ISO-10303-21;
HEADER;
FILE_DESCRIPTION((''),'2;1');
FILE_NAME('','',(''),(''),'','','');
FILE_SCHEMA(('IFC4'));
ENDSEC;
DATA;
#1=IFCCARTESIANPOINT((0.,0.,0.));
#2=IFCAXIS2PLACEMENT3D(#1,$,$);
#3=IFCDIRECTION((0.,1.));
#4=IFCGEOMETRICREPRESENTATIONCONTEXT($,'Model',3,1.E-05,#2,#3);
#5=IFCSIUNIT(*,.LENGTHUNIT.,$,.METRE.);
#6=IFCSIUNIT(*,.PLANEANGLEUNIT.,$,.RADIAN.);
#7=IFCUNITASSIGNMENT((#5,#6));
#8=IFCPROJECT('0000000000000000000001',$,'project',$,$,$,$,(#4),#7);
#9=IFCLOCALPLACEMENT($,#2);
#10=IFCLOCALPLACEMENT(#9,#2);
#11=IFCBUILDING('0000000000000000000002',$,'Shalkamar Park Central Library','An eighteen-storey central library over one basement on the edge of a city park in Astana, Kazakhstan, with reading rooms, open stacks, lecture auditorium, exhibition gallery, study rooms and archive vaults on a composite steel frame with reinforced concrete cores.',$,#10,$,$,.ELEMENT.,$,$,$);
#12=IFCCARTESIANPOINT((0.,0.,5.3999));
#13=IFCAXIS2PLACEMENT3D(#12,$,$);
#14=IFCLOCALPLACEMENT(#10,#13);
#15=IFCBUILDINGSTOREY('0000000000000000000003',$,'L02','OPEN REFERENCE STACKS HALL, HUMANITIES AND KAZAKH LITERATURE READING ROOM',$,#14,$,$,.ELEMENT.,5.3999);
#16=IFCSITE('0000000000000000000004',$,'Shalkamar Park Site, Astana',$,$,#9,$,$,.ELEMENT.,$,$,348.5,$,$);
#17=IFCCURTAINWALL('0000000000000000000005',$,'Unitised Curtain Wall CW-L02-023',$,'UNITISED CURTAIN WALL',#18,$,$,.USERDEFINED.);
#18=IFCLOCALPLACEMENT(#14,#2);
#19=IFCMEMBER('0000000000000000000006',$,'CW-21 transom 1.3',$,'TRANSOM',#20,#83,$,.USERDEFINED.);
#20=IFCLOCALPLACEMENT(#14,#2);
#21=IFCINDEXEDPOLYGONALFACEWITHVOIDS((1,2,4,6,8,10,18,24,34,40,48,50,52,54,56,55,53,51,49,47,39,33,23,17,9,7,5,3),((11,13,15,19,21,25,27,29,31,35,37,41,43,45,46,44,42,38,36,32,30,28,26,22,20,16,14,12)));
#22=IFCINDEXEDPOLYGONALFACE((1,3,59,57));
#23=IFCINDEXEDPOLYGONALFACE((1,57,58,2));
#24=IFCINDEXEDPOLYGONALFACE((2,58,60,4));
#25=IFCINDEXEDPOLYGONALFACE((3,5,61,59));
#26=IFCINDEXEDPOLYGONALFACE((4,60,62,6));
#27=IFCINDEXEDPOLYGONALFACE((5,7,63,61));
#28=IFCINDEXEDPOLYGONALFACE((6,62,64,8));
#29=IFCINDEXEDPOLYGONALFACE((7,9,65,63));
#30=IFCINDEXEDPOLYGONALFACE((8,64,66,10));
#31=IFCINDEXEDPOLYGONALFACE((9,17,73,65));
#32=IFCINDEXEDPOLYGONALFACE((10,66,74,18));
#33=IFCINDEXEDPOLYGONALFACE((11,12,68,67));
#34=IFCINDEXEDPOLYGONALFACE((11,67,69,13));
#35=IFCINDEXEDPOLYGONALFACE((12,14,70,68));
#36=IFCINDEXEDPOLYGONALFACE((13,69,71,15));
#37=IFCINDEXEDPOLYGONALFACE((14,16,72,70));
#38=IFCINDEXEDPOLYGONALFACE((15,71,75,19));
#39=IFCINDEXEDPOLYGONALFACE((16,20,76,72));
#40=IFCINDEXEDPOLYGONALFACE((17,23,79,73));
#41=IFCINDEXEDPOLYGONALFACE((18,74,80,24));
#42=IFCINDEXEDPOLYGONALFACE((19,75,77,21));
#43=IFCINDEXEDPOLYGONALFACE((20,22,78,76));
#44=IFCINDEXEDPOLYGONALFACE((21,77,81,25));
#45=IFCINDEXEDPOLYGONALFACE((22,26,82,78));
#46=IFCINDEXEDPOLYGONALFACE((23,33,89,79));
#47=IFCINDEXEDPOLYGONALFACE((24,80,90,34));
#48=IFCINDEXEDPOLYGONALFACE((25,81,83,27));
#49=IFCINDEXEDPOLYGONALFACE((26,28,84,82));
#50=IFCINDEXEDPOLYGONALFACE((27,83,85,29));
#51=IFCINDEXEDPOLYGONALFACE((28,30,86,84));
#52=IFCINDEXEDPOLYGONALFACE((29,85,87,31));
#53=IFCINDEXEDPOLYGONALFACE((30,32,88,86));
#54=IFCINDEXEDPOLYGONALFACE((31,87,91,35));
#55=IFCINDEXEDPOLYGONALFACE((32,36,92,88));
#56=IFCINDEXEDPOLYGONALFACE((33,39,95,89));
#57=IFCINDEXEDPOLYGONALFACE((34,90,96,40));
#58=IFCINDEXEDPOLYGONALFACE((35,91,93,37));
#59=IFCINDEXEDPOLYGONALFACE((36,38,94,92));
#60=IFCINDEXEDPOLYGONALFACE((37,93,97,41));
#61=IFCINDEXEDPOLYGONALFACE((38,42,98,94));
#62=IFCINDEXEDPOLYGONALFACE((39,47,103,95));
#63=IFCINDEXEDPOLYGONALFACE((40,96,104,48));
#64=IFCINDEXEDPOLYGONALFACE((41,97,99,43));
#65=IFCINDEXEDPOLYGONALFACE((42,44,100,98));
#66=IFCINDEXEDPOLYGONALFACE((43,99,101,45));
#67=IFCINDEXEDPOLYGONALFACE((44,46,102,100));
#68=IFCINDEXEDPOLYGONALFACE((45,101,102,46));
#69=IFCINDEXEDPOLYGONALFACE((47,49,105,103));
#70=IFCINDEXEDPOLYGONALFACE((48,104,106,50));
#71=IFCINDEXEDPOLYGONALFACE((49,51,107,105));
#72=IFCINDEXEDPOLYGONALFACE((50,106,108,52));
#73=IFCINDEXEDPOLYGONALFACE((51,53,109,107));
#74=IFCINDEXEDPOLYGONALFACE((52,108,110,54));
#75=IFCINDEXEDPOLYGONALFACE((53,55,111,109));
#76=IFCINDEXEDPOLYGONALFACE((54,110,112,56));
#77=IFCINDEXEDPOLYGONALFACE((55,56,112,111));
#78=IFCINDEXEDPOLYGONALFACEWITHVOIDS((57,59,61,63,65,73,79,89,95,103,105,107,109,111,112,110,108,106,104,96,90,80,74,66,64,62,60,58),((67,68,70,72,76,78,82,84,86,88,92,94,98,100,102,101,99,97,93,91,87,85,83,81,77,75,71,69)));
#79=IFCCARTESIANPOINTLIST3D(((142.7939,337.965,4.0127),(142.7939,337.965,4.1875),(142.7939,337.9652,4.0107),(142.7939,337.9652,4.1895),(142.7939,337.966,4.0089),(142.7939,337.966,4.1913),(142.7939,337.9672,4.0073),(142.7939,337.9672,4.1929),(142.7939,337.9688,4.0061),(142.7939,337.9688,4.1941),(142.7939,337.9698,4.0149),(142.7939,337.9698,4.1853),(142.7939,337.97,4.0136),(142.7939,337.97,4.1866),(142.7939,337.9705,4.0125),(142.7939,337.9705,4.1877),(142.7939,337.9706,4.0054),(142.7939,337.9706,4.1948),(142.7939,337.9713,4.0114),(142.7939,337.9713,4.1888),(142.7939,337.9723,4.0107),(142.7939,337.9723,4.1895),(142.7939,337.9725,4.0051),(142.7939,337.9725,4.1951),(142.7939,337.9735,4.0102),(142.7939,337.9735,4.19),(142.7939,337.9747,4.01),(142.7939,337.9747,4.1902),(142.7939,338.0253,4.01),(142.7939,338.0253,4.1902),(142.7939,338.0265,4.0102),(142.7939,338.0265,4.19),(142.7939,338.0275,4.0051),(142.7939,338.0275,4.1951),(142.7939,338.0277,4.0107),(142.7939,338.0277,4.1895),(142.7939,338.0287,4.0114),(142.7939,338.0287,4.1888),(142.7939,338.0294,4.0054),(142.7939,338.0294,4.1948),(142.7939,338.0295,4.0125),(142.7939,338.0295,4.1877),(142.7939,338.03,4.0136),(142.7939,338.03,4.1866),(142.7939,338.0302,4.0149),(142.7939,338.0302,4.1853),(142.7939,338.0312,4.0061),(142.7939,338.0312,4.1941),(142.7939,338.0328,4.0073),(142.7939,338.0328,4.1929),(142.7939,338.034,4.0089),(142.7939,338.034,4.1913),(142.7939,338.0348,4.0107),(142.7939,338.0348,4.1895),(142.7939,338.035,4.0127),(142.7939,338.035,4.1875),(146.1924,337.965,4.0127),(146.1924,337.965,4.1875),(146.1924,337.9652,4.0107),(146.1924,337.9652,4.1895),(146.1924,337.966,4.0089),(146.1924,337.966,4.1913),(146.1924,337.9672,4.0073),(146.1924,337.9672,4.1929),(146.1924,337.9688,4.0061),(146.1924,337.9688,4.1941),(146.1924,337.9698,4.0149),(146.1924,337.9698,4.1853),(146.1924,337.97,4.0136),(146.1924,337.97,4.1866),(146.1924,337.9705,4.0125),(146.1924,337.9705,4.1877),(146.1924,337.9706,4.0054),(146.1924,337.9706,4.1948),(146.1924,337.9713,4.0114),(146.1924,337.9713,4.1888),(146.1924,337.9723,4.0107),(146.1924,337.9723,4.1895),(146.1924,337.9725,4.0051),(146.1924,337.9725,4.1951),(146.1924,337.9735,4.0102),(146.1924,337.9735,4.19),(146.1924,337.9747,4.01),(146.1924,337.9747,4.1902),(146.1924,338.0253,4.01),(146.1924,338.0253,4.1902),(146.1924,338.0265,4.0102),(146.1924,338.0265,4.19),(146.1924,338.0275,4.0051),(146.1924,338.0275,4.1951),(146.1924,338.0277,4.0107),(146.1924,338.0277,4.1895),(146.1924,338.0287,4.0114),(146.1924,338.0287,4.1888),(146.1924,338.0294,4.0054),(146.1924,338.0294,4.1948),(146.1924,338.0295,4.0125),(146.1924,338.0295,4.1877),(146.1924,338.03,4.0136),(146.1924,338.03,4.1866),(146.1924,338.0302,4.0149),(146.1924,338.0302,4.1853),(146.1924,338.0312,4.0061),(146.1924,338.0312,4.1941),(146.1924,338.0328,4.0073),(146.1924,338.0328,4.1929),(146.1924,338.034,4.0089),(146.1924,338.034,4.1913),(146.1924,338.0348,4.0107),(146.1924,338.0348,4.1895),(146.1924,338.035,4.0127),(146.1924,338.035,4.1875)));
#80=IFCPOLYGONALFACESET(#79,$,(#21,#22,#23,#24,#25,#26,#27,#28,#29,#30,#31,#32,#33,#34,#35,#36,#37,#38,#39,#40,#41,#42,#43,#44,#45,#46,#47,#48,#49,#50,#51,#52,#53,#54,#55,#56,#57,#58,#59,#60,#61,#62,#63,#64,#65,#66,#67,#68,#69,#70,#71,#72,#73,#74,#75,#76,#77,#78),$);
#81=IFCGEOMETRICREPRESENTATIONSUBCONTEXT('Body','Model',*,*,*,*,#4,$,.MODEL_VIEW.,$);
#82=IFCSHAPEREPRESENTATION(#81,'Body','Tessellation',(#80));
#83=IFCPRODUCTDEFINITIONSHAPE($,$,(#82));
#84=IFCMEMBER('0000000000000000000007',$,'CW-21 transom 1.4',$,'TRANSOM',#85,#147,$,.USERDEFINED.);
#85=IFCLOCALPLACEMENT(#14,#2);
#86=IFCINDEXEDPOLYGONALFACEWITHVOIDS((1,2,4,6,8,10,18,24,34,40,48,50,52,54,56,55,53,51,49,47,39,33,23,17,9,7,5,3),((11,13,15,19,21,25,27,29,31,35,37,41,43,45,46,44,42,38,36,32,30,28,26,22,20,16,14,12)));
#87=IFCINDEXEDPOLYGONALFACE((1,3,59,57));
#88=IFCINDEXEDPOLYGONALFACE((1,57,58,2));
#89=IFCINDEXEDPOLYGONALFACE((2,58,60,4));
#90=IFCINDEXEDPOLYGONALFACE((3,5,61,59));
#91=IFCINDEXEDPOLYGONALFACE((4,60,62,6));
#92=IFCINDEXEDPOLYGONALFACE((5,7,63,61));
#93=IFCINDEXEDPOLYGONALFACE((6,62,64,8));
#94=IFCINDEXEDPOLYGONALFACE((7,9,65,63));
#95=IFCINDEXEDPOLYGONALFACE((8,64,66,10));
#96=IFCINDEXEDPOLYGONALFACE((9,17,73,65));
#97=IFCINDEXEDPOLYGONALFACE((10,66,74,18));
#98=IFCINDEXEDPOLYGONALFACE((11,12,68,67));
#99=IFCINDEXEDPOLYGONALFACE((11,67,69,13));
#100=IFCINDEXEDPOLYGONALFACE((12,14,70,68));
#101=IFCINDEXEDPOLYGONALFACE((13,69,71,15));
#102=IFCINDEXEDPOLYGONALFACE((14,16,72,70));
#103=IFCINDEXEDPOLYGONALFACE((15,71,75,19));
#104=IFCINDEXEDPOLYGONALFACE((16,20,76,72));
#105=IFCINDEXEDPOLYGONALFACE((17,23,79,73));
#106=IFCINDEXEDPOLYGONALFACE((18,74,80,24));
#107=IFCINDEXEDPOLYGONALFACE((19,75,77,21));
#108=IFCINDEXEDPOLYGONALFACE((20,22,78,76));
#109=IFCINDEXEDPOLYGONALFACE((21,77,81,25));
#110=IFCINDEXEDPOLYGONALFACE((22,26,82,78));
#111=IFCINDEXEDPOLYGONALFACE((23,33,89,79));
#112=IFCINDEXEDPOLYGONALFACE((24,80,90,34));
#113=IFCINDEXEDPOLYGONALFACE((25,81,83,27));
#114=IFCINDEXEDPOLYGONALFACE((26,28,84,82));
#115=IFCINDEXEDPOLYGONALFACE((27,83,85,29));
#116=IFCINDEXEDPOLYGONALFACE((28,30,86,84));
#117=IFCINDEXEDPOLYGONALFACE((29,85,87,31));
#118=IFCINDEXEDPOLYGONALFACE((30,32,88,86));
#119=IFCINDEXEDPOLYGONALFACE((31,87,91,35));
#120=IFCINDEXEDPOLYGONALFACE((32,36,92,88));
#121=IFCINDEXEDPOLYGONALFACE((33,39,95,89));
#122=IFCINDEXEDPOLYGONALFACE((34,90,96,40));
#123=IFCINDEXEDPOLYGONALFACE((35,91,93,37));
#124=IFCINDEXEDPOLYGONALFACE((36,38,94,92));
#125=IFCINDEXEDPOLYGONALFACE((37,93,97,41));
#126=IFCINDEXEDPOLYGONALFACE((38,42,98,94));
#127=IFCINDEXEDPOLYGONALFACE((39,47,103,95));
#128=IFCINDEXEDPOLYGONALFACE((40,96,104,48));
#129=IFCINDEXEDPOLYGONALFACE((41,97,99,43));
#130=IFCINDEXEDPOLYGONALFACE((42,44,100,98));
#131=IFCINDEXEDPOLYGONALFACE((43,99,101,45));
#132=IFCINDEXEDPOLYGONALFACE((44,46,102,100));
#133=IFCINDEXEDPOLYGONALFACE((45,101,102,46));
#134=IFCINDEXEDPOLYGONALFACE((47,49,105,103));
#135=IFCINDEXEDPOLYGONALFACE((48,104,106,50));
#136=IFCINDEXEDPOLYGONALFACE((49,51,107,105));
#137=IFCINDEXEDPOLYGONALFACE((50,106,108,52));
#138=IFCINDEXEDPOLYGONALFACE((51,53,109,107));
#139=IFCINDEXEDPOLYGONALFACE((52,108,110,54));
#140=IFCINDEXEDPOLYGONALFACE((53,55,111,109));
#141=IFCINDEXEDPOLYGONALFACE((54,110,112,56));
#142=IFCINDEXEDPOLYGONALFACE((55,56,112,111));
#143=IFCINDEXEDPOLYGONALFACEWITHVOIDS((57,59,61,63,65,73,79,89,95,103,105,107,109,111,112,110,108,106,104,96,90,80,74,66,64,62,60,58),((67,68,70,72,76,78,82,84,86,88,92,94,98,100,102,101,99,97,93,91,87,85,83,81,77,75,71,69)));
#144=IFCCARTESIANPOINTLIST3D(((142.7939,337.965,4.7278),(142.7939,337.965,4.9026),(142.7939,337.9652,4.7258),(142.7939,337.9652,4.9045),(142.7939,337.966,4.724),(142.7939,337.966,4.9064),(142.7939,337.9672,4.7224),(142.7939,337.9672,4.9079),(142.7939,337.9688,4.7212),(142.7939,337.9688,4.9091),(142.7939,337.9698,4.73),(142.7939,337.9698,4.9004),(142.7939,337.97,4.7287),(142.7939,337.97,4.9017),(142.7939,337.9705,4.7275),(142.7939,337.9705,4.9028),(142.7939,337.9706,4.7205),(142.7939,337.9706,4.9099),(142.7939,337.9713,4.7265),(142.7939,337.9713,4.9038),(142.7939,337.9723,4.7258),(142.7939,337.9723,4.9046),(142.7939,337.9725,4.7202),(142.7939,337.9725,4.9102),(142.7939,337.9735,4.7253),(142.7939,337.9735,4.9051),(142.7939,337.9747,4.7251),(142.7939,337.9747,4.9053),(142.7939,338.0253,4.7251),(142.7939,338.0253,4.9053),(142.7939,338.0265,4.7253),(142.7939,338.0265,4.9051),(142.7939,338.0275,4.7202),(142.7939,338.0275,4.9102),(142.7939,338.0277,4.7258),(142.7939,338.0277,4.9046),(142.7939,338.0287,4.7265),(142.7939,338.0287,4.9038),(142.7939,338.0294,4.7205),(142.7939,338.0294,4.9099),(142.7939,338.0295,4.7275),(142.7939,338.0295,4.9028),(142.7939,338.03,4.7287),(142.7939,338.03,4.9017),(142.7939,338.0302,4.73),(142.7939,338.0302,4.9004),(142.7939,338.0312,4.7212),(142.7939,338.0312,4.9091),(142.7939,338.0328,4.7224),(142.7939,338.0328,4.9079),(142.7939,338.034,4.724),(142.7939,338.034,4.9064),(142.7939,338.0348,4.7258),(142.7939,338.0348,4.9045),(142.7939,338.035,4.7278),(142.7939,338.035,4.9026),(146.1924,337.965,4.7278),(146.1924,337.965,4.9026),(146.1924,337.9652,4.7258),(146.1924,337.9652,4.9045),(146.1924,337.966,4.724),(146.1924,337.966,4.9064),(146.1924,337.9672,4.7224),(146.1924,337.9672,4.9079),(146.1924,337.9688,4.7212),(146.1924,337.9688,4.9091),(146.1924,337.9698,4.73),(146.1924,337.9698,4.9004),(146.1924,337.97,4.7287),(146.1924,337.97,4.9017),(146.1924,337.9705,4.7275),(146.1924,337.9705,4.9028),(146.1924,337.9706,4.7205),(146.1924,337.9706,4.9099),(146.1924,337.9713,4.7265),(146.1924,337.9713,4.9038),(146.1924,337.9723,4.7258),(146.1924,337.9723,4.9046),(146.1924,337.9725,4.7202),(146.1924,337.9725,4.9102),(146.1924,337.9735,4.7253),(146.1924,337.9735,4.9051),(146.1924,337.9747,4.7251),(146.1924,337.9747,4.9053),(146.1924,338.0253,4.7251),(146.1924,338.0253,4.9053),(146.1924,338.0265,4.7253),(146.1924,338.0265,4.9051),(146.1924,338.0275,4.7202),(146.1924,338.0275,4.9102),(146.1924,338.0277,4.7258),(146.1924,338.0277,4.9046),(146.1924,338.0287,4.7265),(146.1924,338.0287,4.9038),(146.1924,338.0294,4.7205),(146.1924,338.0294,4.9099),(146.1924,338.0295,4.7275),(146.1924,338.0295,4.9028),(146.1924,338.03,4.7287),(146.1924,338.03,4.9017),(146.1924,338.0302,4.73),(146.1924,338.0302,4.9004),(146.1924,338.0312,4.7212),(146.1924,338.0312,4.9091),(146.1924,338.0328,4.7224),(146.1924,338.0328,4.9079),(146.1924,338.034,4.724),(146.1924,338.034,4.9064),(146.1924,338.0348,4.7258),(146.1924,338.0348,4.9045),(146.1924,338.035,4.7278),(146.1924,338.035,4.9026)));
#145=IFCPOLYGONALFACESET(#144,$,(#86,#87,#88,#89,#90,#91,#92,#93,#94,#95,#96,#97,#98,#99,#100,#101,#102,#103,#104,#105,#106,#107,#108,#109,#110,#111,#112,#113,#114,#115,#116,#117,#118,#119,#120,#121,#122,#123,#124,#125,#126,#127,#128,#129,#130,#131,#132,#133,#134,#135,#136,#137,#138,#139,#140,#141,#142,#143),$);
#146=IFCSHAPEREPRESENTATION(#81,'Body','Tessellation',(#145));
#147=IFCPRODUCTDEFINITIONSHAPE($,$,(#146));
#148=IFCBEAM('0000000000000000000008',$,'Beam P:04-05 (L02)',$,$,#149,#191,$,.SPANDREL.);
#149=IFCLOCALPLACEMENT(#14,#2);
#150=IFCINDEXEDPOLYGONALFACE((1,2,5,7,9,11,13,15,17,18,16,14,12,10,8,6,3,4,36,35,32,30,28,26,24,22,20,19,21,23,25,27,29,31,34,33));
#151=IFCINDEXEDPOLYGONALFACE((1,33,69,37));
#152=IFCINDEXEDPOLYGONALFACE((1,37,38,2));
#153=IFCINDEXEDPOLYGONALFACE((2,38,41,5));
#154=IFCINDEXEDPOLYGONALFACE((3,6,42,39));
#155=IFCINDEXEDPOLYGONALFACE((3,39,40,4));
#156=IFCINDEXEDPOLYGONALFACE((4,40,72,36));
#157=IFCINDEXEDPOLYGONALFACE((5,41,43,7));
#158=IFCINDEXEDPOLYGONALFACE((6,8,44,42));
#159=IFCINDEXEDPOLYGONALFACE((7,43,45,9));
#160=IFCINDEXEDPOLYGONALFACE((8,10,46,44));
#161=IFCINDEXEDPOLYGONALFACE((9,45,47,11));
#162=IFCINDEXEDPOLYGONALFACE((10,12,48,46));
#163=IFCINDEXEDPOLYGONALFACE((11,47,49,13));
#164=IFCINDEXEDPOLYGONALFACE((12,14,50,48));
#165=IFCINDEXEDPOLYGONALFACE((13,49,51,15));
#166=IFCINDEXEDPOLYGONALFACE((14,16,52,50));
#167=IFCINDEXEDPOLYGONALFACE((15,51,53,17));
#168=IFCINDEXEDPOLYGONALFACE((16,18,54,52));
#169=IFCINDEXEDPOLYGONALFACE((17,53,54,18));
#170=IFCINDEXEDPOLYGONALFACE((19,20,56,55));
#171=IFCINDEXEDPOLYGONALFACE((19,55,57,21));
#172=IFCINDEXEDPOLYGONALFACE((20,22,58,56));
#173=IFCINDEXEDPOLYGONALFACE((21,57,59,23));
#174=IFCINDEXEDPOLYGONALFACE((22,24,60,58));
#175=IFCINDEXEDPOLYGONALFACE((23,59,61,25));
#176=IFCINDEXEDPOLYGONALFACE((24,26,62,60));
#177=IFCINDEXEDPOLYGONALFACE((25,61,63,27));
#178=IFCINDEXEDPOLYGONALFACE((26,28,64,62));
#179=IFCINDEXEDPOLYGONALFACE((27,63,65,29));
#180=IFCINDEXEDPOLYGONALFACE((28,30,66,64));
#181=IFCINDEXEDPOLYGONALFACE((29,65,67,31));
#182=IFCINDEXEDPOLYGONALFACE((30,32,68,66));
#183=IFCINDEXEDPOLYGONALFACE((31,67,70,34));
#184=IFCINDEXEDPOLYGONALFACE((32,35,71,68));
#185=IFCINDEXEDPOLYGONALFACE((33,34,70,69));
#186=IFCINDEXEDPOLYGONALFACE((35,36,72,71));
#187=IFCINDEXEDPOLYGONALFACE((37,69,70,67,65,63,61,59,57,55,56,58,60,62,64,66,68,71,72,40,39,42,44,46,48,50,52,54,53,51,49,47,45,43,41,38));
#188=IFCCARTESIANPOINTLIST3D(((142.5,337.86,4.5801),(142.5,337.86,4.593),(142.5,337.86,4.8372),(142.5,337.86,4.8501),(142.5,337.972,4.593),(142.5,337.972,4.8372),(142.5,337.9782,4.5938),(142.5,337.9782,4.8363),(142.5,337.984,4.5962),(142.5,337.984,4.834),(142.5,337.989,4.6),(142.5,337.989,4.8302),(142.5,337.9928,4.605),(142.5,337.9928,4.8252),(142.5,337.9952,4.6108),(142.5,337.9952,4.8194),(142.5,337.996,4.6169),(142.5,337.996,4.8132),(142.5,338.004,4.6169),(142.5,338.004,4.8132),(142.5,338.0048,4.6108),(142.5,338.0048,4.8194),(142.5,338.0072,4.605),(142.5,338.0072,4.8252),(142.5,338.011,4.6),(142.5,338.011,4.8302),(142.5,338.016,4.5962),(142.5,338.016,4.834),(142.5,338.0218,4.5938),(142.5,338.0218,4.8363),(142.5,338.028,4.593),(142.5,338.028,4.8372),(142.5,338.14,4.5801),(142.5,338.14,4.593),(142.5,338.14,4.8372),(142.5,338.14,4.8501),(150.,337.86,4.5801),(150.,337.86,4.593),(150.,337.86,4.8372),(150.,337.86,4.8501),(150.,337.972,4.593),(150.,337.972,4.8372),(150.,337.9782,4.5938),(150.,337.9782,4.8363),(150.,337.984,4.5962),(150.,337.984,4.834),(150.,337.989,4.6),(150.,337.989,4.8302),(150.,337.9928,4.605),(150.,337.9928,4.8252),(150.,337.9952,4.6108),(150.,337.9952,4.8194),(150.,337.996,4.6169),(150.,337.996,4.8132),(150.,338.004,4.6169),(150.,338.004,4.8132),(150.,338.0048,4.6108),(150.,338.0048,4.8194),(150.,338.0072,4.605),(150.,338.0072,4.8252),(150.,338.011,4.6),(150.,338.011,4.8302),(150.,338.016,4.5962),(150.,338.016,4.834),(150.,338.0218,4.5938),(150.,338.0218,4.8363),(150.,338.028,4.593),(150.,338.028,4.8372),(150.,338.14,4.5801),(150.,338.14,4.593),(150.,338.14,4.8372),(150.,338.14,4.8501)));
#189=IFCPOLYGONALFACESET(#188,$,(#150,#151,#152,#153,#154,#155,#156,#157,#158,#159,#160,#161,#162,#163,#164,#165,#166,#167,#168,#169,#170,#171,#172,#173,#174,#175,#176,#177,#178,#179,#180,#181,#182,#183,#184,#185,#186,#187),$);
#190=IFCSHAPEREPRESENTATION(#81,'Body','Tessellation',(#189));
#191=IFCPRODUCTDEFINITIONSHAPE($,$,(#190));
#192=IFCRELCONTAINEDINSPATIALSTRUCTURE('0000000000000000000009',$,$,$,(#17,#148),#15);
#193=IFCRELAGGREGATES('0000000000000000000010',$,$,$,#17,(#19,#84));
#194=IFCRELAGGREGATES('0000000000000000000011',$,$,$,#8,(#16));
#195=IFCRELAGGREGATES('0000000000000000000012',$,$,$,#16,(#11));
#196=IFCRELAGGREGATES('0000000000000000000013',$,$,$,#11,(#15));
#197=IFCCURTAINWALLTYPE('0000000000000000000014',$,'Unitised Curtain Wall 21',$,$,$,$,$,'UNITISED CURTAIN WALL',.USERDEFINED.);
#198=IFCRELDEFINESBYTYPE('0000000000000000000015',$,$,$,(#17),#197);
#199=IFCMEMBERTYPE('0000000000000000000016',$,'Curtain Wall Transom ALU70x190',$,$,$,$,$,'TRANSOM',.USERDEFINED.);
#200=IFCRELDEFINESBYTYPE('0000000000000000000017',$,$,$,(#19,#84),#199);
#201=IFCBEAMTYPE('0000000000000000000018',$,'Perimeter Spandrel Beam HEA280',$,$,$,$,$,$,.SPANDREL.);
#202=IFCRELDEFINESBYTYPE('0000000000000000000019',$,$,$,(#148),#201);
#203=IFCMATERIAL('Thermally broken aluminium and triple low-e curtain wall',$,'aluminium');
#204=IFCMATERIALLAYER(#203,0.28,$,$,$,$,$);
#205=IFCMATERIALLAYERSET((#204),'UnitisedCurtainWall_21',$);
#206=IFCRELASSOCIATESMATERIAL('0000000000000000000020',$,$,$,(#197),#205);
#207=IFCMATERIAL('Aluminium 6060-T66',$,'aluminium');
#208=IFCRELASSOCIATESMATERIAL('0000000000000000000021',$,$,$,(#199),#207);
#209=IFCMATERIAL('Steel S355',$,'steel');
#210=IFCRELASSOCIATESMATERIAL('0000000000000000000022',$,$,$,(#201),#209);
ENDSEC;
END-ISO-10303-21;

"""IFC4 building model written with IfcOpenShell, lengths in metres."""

from ifc_helpers import new_model, si_unit, direction, frame, origin, origin_2d, place, context, subcontext, project, spatial, hollow_rectangle, i_section, extrude, material, layer, layer_set, material_profile, profile_set, type_object, element, aggregate, save


model = new_model("IFC4")

# Units and contexts
model_context = context("Model", 3, precision=1e-05, world=origin(), true_north=direction((0.0, 1.0)))
body_context = subcontext(model_context, "Body", "Model", "MODEL_VIEW")
ifc_project = project(units=[si_unit("LENGTHUNIT", "METRE"), si_unit("PLANEANGLEUNIT", "RADIAN")], contexts=[model_context])

# Site, building, storey
site_placement = place(None, origin())
site = spatial("IfcSite", under=ifc_project, at=site_placement, Name="Shalkamar Park Site, Astana", CompositionType="ELEMENT", RefElevation=348.5)
building_placement = place(site_placement, origin())
building = spatial("IfcBuilding", under=site, at=building_placement, Name="Shalkamar Park Central Library", Description="An eighteen-storey central library over one basement on the edge of a city park in Astana, Kazakhstan, with reading rooms, open stacks, lecture auditorium, exhibition gallery, study rooms and archive vaults on a composite steel frame with reinforced concrete cores.", CompositionType="ELEMENT")
storey_placement = place(building_placement, frame((0.0, 0.0, 5.3999)))
storey = spatial("IfcBuildingStorey", under=building, at=storey_placement, Name="L02", Description="OPEN REFERENCE STACKS HALL, HUMANITIES AND KAZAKH LITERATURE READING ROOM", CompositionType="ELEMENT", Elevation=5.3999)

# Shared definitions
ifc_material_1 = material(Name="Steel S355", Category="steel")

# Curtain wall
ifc_material_2 = material(Name="Thermally broken aluminium and triple low-e curtain wall", Category="aluminium")
ifc_material_3 = material(Name="Aluminium 6060-T66", Category="aluminium")
ifc_layer_1 = layer(ifc_material_2, 0.28)
ifc_layer_set_1 = layer_set([ifc_layer_1], Name="UnitisedCurtainWall_21")
curtain_wall_type_1 = type_object("IfcCurtainWallType", Name="Unitised Curtain Wall 21", ElementType="UNITISED CURTAIN WALL", PredefinedType="USERDEFINED", material=ifc_layer_set_1)
curtain_wall_1_placement = place(storey_placement, origin())
curtain_wall_1 = element("IfcCurtainWall", 1, at=curtain_wall_1_placement, inside=storey, type_object=curtain_wall_type_1, Name="Unitised Curtain Wall CW-L02-023", ObjectType="UNITISED CURTAIN WALL", PredefinedType="USERDEFINED")

# Members
ifc_material_profile_1 = material_profile(ifc_material_3, hollow_rectangle(XDim=0.0701, YDim=0.1899, WallThickness=0.0049, InnerFilletRadius=0.0049, OuterFilletRadius=0.0076, at=origin_2d()), Name="ALU 70x190x5")
ifc_profile_set_1 = profile_set([ifc_material_profile_1], Name="Aluminium 6060-T66")
member_type_1 = type_object("IfcMemberType", Name="Curtain Wall Transom ALU70x190", ElementType="TRANSOM", PredefinedType="USERDEFINED", material=ifc_profile_set_1)
member_1_placement = place(storey_placement, frame((142.7939, 338.0, 4.1001), z_axis=(1.0, 0.0, 0.0), x_axis=(0.0, 1.0, 0.0)))
member_1 = element("IfcMember", 2, at=member_1_placement, type_object=member_type_1, Name="CW-21 transom 1.3", ObjectType="TRANSOM", PredefinedType="USERDEFINED", context=body_context, shape_type="SweptSolid", body=[
    extrude(hollow_rectangle(XDim=0.0701, YDim=0.1899, WallThickness=0.0049, InnerFilletRadius=0.0049, OuterFilletRadius=0.0076, at=origin_2d()), origin(), (0.0, 0.0, 1.0), 3.3984),
])
member_2_placement = place(storey_placement, frame((142.7939, 338.0, 4.8152), z_axis=(1.0, 0.0, 0.0), x_axis=(0.0, 1.0, 0.0)))
member_2 = element("IfcMember", 3, at=member_2_placement, type_object=member_type_1, Name="CW-21 transom 1.4", ObjectType="TRANSOM", PredefinedType="USERDEFINED", context=body_context, shape_type="SweptSolid", body=[
    extrude(hollow_rectangle(XDim=0.0701, YDim=0.1899, WallThickness=0.0049, InnerFilletRadius=0.0049, OuterFilletRadius=0.0076, at=origin_2d()), origin(), (0.0, 0.0, 1.0), 3.3984),
])

# Beam
ifc_material_profile_2 = material_profile(ifc_material_1, i_section(OverallWidth=0.28, OverallDepth=0.27, WebThickness=0.0081, FlangeThickness=0.0129, FilletRadius=0.0239, at=origin_2d()), Name="HEA 280")
ifc_profile_set_2 = profile_set([ifc_material_profile_2], Name="Steel S355")
beam_type_1 = type_object("IfcBeamType", Name="Perimeter Spandrel Beam HEA280", PredefinedType="SPANDREL", material=ifc_profile_set_2)
beam_1_placement = place(storey_placement, frame((142.5, 338.0, 4.7151), z_axis=(1.0, 0.0, 0.0), x_axis=(0.0, 1.0, 0.0)))
element("IfcBeam", 4, at=beam_1_placement, inside=storey, type_object=beam_type_1, Name="Beam P:04-05 (L02)", PredefinedType="SPANDREL", context=body_context, shape_type="SweptSolid", body=[
    extrude(i_section(OverallWidth=0.28, OverallDepth=0.27, WebThickness=0.0081, FlangeThickness=0.0129, FilletRadius=0.0239, at=origin_2d()), origin(), (0.0, 0.0, 1.0), 7.5),
])

aggregate(curtain_wall_1, [member_1, member_2])

save(model, "model.ifc")
